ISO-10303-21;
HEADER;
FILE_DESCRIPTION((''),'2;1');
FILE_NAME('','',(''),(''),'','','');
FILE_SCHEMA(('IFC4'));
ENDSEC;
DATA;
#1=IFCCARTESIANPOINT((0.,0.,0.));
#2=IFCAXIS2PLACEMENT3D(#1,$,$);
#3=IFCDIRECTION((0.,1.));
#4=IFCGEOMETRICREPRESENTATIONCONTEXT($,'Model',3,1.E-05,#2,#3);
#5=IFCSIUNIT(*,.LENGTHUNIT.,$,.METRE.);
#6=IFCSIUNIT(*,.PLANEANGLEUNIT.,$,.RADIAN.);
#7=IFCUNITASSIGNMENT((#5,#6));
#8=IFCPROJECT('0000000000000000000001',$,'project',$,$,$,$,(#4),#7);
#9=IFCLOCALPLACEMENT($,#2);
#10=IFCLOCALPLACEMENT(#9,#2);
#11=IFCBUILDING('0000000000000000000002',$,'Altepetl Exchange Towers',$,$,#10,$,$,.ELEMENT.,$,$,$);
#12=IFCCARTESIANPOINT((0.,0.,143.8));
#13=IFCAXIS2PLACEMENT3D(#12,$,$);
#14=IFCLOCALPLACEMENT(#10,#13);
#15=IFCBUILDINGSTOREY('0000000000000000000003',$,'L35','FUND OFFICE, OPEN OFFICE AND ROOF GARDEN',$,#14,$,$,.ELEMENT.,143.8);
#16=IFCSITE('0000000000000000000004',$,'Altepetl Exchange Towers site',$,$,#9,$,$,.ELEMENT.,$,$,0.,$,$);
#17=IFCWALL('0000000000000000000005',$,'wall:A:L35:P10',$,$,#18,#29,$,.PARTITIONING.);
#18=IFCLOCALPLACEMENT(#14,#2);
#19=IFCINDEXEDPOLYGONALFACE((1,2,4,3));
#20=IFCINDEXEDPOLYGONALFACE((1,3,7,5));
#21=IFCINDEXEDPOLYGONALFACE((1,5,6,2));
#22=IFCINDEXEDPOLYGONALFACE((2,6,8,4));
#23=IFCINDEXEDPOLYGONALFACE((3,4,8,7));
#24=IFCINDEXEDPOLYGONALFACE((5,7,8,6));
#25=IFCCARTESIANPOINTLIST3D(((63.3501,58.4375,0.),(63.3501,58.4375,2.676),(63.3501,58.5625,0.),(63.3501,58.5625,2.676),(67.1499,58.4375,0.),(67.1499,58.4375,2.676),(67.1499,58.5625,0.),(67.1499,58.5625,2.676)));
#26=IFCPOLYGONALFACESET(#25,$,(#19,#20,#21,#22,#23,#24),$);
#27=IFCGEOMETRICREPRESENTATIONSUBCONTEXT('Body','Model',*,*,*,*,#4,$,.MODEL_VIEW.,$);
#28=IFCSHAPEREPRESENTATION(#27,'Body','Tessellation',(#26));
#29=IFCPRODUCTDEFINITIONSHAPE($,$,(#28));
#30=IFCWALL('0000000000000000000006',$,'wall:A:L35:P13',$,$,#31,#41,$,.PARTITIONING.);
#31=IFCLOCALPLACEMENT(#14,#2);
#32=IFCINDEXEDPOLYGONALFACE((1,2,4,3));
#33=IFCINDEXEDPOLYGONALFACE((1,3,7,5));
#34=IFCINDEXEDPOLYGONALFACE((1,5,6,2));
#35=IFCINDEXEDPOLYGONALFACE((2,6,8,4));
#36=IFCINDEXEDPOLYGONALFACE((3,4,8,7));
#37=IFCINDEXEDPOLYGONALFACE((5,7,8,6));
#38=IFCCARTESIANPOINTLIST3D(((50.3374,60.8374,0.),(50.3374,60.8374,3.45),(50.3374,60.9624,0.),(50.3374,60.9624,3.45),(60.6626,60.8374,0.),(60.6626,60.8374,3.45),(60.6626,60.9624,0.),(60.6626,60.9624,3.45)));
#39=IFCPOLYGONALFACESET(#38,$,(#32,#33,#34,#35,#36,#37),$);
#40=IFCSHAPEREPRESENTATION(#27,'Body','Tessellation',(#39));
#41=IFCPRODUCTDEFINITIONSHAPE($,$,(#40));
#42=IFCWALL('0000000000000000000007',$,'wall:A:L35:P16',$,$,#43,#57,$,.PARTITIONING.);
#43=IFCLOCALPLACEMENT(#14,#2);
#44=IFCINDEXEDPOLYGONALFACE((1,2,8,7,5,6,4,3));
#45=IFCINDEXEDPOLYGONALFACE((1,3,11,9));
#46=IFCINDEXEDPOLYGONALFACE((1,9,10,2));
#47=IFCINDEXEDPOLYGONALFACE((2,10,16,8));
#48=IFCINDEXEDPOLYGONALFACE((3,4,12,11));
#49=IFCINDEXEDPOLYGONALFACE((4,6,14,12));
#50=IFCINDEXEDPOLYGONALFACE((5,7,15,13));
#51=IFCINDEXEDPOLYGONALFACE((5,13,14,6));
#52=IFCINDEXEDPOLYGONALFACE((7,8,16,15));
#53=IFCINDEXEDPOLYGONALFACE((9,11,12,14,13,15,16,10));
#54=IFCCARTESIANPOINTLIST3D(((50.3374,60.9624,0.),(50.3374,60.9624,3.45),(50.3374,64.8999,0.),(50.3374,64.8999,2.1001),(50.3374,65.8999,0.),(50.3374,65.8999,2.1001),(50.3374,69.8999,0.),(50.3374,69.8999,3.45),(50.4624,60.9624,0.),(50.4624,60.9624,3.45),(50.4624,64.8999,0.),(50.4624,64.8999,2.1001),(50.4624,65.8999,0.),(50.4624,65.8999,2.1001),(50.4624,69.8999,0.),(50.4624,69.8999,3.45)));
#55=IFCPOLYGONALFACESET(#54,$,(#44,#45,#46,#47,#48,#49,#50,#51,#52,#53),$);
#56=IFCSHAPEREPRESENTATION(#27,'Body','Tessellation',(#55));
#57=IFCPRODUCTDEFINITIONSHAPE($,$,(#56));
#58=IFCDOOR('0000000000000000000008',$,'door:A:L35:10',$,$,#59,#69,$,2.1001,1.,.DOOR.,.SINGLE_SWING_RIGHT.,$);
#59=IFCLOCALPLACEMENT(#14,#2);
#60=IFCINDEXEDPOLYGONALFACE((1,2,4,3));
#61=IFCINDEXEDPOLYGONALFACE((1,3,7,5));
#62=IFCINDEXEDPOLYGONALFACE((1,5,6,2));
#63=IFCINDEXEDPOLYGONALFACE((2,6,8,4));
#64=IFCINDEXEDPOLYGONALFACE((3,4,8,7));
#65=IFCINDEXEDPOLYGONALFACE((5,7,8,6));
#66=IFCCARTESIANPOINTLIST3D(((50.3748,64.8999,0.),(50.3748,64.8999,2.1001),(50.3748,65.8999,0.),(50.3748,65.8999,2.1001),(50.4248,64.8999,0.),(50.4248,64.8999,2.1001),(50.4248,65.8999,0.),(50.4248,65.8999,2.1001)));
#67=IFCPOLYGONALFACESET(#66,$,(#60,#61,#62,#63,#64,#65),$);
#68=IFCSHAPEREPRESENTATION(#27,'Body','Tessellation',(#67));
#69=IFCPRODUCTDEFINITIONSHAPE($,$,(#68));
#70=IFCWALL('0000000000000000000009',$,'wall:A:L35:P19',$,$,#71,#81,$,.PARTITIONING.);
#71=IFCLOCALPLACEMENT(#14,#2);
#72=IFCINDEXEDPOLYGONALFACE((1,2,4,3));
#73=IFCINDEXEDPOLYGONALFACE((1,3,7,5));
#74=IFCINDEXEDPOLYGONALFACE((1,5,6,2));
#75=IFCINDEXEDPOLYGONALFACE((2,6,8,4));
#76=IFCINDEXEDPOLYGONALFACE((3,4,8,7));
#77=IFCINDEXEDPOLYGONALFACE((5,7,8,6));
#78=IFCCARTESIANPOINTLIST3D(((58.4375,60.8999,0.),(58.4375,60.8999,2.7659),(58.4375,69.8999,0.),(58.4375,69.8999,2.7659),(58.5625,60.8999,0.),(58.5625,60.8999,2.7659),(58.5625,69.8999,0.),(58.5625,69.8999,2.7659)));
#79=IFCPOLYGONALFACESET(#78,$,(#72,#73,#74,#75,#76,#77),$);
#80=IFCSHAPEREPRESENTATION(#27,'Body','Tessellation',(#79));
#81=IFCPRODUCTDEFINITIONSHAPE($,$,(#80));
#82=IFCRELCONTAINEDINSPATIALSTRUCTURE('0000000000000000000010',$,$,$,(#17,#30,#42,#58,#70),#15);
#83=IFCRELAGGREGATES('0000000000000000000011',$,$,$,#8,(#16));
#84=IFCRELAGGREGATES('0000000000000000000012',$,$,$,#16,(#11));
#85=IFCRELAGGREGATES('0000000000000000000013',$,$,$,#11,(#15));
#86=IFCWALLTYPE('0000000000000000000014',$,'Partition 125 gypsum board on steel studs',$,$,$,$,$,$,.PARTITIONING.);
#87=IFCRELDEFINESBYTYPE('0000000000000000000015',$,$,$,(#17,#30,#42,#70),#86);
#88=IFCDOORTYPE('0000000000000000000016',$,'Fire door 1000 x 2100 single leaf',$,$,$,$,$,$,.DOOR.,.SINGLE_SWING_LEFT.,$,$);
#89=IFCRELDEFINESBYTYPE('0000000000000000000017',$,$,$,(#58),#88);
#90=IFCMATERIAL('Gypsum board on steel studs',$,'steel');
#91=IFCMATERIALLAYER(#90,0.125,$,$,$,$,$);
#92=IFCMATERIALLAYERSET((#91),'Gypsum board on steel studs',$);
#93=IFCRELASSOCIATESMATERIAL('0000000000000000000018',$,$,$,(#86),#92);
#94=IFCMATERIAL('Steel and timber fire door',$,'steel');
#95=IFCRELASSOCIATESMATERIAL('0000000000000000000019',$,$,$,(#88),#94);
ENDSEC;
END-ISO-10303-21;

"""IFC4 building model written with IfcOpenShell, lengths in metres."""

from ifc_helpers import new_model, si_unit, direction, frame, frame_2d, origin, place, context, subcontext, project, spatial, rectangle, extrude, material, layer, layer_set, type_object, element, fill, save


model = new_model("IFC4")

# Units and contexts
model_context = context("Model", 3, precision=1e-05, world=origin(), true_north=direction((0.0, 1.0)))
body_context = subcontext(model_context, "Body", "Model", "MODEL_VIEW")
ifc_project = project(units=[si_unit("LENGTHUNIT", "METRE"), si_unit("PLANEANGLEUNIT", "RADIAN")], contexts=[model_context])

# Site, building, storey
site_placement = place(None, origin())
site = spatial("IfcSite", under=ifc_project, at=site_placement, Name="Altepetl Exchange Towers site", CompositionType="ELEMENT", RefElevation=0.0)
building_placement = place(site_placement, origin())
building = spatial("IfcBuilding", under=site, at=building_placement, Name="Altepetl Exchange Towers", CompositionType="ELEMENT")
storey_placement = place(building_placement, frame((0.0, 0.0, 143.8)))
storey = spatial("IfcBuildingStorey", under=building, at=storey_placement, Name="L35", Description="FUND OFFICE, OPEN OFFICE AND ROOF GARDEN", CompositionType="ELEMENT", Elevation=143.8)

# Walls
ifc_material_1 = material(Name="Gypsum board on steel studs", Category="steel")
ifc_layer_1 = layer(ifc_material_1, 0.125)
ifc_layer_set_1 = layer_set([ifc_layer_1], Name="Gypsum board on steel studs")
wall_type = type_object("IfcWallType", Name="Partition 125 gypsum board on steel studs", PredefinedType="PARTITIONING", material=ifc_layer_set_1)
wall_1_placement = place(storey_placement, frame((63.3501, 58.5, 0.0)))
element("IfcWall", 1, at=wall_1_placement, inside=storey, type_object=wall_type, Name="wall:A:L35:P10", PredefinedType="PARTITIONING", context=body_context, shape_type="SweptSolid", body=[
    extrude(rectangle(XDim=3.7998, YDim=0.125, at=frame_2d((1.8999, 0.0))), origin(), (0.0, 0.0, 1.0), 2.676),
])
wall_2_placement = place(storey_placement, frame((50.3374, 60.8999, 0.0)))
element("IfcWall", 2, at=wall_2_placement, inside=storey, type_object=wall_type, Name="wall:A:L35:P13", PredefinedType="PARTITIONING", context=body_context, shape_type="SweptSolid", body=[
    extrude(rectangle(XDim=10.3252, YDim=0.125, at=frame_2d((5.1626, 0.0))), origin(), (0.0, 0.0, 1.0), 3.45),
])

# Wall, opening, door
wall_3_placement = place(storey_placement, frame((50.3999, 60.9624, 0.0), z_axis=(0.0, 0.0, 1.0), x_axis=(0.0, 1.0, 0.0)))
wall_3 = element("IfcWall", 3, at=wall_3_placement, inside=storey, type_object=wall_type, Name="wall:A:L35:P16", PredefinedType="PARTITIONING", context=body_context, shape_type="SweptSolid", body=[
    extrude(rectangle(XDim=8.9375, YDim=0.125, at=frame_2d((4.4688, 0.0))), origin(), (0.0, 0.0, 1.0), 3.45),
])
opening_placement = place(wall_3_placement, frame((3.9375, 0.0, 0.0)))
opening = element("IfcOpeningElement", 4, at=opening_placement, cuts=wall_3, PredefinedType="OPENING", context=body_context, shape_type="SweptSolid", body=[
    extrude(rectangle(XDim=1.0, YDim=2.1001, at=frame_2d((0.5, 1.05))), frame((0.0, 0.0725, 0.0), z_axis=(0.0, -1.0, 0.0), x_axis=(1.0, 0.0, 0.0)), (0.0, 0.0, 1.0), 0.145),
])
ifc_material_2 = material(Name="Steel and timber fire door", Category="steel")
door_type = type_object("IfcDoorType", Name="Fire door 1000 x 2100 single leaf", OperationType="SINGLE_SWING_LEFT", PredefinedType="DOOR", material=ifc_material_2)
door_placement = place(opening_placement, frame((1.0, 0.0, 0.0), x_axis=(-1.0, 0.0, 0.0)))
door = element("IfcDoor", 5, at=door_placement, inside=storey, type_object=door_type, Name="door:A:L35:10", OperationType="SINGLE_SWING_RIGHT", OverallHeight=2.1001, OverallWidth=1.0, PredefinedType="DOOR", context=body_context, shape_type="SweptSolid", body=[
    extrude(rectangle(XDim=1.0, YDim=2.1001, at=frame_2d((0.5, 1.05))), frame((0.0, 0.0249, 0.0), z_axis=(0.0, -1.0, 0.0), x_axis=(1.0, 0.0, 0.0)), (0.0, 0.0, 1.0), 0.05),
])
fill(opening, door)

# Wall
wall_4_placement = place(storey_placement, frame((58.5, 60.8999, 0.0), z_axis=(0.0, 0.0, 1.0), x_axis=(0.0, 1.0, 0.0)))
element("IfcWall", 6, at=wall_4_placement, inside=storey, type_object=wall_type, Name="wall:A:L35:P19", PredefinedType="PARTITIONING", context=body_context, shape_type="SweptSolid", body=[
    extrude(rectangle(XDim=9.0, YDim=0.125, at=frame_2d((4.5, 0.0))), origin(), (0.0, 0.0, 1.0), 2.7659),
])

save(model, "model.ifc")
